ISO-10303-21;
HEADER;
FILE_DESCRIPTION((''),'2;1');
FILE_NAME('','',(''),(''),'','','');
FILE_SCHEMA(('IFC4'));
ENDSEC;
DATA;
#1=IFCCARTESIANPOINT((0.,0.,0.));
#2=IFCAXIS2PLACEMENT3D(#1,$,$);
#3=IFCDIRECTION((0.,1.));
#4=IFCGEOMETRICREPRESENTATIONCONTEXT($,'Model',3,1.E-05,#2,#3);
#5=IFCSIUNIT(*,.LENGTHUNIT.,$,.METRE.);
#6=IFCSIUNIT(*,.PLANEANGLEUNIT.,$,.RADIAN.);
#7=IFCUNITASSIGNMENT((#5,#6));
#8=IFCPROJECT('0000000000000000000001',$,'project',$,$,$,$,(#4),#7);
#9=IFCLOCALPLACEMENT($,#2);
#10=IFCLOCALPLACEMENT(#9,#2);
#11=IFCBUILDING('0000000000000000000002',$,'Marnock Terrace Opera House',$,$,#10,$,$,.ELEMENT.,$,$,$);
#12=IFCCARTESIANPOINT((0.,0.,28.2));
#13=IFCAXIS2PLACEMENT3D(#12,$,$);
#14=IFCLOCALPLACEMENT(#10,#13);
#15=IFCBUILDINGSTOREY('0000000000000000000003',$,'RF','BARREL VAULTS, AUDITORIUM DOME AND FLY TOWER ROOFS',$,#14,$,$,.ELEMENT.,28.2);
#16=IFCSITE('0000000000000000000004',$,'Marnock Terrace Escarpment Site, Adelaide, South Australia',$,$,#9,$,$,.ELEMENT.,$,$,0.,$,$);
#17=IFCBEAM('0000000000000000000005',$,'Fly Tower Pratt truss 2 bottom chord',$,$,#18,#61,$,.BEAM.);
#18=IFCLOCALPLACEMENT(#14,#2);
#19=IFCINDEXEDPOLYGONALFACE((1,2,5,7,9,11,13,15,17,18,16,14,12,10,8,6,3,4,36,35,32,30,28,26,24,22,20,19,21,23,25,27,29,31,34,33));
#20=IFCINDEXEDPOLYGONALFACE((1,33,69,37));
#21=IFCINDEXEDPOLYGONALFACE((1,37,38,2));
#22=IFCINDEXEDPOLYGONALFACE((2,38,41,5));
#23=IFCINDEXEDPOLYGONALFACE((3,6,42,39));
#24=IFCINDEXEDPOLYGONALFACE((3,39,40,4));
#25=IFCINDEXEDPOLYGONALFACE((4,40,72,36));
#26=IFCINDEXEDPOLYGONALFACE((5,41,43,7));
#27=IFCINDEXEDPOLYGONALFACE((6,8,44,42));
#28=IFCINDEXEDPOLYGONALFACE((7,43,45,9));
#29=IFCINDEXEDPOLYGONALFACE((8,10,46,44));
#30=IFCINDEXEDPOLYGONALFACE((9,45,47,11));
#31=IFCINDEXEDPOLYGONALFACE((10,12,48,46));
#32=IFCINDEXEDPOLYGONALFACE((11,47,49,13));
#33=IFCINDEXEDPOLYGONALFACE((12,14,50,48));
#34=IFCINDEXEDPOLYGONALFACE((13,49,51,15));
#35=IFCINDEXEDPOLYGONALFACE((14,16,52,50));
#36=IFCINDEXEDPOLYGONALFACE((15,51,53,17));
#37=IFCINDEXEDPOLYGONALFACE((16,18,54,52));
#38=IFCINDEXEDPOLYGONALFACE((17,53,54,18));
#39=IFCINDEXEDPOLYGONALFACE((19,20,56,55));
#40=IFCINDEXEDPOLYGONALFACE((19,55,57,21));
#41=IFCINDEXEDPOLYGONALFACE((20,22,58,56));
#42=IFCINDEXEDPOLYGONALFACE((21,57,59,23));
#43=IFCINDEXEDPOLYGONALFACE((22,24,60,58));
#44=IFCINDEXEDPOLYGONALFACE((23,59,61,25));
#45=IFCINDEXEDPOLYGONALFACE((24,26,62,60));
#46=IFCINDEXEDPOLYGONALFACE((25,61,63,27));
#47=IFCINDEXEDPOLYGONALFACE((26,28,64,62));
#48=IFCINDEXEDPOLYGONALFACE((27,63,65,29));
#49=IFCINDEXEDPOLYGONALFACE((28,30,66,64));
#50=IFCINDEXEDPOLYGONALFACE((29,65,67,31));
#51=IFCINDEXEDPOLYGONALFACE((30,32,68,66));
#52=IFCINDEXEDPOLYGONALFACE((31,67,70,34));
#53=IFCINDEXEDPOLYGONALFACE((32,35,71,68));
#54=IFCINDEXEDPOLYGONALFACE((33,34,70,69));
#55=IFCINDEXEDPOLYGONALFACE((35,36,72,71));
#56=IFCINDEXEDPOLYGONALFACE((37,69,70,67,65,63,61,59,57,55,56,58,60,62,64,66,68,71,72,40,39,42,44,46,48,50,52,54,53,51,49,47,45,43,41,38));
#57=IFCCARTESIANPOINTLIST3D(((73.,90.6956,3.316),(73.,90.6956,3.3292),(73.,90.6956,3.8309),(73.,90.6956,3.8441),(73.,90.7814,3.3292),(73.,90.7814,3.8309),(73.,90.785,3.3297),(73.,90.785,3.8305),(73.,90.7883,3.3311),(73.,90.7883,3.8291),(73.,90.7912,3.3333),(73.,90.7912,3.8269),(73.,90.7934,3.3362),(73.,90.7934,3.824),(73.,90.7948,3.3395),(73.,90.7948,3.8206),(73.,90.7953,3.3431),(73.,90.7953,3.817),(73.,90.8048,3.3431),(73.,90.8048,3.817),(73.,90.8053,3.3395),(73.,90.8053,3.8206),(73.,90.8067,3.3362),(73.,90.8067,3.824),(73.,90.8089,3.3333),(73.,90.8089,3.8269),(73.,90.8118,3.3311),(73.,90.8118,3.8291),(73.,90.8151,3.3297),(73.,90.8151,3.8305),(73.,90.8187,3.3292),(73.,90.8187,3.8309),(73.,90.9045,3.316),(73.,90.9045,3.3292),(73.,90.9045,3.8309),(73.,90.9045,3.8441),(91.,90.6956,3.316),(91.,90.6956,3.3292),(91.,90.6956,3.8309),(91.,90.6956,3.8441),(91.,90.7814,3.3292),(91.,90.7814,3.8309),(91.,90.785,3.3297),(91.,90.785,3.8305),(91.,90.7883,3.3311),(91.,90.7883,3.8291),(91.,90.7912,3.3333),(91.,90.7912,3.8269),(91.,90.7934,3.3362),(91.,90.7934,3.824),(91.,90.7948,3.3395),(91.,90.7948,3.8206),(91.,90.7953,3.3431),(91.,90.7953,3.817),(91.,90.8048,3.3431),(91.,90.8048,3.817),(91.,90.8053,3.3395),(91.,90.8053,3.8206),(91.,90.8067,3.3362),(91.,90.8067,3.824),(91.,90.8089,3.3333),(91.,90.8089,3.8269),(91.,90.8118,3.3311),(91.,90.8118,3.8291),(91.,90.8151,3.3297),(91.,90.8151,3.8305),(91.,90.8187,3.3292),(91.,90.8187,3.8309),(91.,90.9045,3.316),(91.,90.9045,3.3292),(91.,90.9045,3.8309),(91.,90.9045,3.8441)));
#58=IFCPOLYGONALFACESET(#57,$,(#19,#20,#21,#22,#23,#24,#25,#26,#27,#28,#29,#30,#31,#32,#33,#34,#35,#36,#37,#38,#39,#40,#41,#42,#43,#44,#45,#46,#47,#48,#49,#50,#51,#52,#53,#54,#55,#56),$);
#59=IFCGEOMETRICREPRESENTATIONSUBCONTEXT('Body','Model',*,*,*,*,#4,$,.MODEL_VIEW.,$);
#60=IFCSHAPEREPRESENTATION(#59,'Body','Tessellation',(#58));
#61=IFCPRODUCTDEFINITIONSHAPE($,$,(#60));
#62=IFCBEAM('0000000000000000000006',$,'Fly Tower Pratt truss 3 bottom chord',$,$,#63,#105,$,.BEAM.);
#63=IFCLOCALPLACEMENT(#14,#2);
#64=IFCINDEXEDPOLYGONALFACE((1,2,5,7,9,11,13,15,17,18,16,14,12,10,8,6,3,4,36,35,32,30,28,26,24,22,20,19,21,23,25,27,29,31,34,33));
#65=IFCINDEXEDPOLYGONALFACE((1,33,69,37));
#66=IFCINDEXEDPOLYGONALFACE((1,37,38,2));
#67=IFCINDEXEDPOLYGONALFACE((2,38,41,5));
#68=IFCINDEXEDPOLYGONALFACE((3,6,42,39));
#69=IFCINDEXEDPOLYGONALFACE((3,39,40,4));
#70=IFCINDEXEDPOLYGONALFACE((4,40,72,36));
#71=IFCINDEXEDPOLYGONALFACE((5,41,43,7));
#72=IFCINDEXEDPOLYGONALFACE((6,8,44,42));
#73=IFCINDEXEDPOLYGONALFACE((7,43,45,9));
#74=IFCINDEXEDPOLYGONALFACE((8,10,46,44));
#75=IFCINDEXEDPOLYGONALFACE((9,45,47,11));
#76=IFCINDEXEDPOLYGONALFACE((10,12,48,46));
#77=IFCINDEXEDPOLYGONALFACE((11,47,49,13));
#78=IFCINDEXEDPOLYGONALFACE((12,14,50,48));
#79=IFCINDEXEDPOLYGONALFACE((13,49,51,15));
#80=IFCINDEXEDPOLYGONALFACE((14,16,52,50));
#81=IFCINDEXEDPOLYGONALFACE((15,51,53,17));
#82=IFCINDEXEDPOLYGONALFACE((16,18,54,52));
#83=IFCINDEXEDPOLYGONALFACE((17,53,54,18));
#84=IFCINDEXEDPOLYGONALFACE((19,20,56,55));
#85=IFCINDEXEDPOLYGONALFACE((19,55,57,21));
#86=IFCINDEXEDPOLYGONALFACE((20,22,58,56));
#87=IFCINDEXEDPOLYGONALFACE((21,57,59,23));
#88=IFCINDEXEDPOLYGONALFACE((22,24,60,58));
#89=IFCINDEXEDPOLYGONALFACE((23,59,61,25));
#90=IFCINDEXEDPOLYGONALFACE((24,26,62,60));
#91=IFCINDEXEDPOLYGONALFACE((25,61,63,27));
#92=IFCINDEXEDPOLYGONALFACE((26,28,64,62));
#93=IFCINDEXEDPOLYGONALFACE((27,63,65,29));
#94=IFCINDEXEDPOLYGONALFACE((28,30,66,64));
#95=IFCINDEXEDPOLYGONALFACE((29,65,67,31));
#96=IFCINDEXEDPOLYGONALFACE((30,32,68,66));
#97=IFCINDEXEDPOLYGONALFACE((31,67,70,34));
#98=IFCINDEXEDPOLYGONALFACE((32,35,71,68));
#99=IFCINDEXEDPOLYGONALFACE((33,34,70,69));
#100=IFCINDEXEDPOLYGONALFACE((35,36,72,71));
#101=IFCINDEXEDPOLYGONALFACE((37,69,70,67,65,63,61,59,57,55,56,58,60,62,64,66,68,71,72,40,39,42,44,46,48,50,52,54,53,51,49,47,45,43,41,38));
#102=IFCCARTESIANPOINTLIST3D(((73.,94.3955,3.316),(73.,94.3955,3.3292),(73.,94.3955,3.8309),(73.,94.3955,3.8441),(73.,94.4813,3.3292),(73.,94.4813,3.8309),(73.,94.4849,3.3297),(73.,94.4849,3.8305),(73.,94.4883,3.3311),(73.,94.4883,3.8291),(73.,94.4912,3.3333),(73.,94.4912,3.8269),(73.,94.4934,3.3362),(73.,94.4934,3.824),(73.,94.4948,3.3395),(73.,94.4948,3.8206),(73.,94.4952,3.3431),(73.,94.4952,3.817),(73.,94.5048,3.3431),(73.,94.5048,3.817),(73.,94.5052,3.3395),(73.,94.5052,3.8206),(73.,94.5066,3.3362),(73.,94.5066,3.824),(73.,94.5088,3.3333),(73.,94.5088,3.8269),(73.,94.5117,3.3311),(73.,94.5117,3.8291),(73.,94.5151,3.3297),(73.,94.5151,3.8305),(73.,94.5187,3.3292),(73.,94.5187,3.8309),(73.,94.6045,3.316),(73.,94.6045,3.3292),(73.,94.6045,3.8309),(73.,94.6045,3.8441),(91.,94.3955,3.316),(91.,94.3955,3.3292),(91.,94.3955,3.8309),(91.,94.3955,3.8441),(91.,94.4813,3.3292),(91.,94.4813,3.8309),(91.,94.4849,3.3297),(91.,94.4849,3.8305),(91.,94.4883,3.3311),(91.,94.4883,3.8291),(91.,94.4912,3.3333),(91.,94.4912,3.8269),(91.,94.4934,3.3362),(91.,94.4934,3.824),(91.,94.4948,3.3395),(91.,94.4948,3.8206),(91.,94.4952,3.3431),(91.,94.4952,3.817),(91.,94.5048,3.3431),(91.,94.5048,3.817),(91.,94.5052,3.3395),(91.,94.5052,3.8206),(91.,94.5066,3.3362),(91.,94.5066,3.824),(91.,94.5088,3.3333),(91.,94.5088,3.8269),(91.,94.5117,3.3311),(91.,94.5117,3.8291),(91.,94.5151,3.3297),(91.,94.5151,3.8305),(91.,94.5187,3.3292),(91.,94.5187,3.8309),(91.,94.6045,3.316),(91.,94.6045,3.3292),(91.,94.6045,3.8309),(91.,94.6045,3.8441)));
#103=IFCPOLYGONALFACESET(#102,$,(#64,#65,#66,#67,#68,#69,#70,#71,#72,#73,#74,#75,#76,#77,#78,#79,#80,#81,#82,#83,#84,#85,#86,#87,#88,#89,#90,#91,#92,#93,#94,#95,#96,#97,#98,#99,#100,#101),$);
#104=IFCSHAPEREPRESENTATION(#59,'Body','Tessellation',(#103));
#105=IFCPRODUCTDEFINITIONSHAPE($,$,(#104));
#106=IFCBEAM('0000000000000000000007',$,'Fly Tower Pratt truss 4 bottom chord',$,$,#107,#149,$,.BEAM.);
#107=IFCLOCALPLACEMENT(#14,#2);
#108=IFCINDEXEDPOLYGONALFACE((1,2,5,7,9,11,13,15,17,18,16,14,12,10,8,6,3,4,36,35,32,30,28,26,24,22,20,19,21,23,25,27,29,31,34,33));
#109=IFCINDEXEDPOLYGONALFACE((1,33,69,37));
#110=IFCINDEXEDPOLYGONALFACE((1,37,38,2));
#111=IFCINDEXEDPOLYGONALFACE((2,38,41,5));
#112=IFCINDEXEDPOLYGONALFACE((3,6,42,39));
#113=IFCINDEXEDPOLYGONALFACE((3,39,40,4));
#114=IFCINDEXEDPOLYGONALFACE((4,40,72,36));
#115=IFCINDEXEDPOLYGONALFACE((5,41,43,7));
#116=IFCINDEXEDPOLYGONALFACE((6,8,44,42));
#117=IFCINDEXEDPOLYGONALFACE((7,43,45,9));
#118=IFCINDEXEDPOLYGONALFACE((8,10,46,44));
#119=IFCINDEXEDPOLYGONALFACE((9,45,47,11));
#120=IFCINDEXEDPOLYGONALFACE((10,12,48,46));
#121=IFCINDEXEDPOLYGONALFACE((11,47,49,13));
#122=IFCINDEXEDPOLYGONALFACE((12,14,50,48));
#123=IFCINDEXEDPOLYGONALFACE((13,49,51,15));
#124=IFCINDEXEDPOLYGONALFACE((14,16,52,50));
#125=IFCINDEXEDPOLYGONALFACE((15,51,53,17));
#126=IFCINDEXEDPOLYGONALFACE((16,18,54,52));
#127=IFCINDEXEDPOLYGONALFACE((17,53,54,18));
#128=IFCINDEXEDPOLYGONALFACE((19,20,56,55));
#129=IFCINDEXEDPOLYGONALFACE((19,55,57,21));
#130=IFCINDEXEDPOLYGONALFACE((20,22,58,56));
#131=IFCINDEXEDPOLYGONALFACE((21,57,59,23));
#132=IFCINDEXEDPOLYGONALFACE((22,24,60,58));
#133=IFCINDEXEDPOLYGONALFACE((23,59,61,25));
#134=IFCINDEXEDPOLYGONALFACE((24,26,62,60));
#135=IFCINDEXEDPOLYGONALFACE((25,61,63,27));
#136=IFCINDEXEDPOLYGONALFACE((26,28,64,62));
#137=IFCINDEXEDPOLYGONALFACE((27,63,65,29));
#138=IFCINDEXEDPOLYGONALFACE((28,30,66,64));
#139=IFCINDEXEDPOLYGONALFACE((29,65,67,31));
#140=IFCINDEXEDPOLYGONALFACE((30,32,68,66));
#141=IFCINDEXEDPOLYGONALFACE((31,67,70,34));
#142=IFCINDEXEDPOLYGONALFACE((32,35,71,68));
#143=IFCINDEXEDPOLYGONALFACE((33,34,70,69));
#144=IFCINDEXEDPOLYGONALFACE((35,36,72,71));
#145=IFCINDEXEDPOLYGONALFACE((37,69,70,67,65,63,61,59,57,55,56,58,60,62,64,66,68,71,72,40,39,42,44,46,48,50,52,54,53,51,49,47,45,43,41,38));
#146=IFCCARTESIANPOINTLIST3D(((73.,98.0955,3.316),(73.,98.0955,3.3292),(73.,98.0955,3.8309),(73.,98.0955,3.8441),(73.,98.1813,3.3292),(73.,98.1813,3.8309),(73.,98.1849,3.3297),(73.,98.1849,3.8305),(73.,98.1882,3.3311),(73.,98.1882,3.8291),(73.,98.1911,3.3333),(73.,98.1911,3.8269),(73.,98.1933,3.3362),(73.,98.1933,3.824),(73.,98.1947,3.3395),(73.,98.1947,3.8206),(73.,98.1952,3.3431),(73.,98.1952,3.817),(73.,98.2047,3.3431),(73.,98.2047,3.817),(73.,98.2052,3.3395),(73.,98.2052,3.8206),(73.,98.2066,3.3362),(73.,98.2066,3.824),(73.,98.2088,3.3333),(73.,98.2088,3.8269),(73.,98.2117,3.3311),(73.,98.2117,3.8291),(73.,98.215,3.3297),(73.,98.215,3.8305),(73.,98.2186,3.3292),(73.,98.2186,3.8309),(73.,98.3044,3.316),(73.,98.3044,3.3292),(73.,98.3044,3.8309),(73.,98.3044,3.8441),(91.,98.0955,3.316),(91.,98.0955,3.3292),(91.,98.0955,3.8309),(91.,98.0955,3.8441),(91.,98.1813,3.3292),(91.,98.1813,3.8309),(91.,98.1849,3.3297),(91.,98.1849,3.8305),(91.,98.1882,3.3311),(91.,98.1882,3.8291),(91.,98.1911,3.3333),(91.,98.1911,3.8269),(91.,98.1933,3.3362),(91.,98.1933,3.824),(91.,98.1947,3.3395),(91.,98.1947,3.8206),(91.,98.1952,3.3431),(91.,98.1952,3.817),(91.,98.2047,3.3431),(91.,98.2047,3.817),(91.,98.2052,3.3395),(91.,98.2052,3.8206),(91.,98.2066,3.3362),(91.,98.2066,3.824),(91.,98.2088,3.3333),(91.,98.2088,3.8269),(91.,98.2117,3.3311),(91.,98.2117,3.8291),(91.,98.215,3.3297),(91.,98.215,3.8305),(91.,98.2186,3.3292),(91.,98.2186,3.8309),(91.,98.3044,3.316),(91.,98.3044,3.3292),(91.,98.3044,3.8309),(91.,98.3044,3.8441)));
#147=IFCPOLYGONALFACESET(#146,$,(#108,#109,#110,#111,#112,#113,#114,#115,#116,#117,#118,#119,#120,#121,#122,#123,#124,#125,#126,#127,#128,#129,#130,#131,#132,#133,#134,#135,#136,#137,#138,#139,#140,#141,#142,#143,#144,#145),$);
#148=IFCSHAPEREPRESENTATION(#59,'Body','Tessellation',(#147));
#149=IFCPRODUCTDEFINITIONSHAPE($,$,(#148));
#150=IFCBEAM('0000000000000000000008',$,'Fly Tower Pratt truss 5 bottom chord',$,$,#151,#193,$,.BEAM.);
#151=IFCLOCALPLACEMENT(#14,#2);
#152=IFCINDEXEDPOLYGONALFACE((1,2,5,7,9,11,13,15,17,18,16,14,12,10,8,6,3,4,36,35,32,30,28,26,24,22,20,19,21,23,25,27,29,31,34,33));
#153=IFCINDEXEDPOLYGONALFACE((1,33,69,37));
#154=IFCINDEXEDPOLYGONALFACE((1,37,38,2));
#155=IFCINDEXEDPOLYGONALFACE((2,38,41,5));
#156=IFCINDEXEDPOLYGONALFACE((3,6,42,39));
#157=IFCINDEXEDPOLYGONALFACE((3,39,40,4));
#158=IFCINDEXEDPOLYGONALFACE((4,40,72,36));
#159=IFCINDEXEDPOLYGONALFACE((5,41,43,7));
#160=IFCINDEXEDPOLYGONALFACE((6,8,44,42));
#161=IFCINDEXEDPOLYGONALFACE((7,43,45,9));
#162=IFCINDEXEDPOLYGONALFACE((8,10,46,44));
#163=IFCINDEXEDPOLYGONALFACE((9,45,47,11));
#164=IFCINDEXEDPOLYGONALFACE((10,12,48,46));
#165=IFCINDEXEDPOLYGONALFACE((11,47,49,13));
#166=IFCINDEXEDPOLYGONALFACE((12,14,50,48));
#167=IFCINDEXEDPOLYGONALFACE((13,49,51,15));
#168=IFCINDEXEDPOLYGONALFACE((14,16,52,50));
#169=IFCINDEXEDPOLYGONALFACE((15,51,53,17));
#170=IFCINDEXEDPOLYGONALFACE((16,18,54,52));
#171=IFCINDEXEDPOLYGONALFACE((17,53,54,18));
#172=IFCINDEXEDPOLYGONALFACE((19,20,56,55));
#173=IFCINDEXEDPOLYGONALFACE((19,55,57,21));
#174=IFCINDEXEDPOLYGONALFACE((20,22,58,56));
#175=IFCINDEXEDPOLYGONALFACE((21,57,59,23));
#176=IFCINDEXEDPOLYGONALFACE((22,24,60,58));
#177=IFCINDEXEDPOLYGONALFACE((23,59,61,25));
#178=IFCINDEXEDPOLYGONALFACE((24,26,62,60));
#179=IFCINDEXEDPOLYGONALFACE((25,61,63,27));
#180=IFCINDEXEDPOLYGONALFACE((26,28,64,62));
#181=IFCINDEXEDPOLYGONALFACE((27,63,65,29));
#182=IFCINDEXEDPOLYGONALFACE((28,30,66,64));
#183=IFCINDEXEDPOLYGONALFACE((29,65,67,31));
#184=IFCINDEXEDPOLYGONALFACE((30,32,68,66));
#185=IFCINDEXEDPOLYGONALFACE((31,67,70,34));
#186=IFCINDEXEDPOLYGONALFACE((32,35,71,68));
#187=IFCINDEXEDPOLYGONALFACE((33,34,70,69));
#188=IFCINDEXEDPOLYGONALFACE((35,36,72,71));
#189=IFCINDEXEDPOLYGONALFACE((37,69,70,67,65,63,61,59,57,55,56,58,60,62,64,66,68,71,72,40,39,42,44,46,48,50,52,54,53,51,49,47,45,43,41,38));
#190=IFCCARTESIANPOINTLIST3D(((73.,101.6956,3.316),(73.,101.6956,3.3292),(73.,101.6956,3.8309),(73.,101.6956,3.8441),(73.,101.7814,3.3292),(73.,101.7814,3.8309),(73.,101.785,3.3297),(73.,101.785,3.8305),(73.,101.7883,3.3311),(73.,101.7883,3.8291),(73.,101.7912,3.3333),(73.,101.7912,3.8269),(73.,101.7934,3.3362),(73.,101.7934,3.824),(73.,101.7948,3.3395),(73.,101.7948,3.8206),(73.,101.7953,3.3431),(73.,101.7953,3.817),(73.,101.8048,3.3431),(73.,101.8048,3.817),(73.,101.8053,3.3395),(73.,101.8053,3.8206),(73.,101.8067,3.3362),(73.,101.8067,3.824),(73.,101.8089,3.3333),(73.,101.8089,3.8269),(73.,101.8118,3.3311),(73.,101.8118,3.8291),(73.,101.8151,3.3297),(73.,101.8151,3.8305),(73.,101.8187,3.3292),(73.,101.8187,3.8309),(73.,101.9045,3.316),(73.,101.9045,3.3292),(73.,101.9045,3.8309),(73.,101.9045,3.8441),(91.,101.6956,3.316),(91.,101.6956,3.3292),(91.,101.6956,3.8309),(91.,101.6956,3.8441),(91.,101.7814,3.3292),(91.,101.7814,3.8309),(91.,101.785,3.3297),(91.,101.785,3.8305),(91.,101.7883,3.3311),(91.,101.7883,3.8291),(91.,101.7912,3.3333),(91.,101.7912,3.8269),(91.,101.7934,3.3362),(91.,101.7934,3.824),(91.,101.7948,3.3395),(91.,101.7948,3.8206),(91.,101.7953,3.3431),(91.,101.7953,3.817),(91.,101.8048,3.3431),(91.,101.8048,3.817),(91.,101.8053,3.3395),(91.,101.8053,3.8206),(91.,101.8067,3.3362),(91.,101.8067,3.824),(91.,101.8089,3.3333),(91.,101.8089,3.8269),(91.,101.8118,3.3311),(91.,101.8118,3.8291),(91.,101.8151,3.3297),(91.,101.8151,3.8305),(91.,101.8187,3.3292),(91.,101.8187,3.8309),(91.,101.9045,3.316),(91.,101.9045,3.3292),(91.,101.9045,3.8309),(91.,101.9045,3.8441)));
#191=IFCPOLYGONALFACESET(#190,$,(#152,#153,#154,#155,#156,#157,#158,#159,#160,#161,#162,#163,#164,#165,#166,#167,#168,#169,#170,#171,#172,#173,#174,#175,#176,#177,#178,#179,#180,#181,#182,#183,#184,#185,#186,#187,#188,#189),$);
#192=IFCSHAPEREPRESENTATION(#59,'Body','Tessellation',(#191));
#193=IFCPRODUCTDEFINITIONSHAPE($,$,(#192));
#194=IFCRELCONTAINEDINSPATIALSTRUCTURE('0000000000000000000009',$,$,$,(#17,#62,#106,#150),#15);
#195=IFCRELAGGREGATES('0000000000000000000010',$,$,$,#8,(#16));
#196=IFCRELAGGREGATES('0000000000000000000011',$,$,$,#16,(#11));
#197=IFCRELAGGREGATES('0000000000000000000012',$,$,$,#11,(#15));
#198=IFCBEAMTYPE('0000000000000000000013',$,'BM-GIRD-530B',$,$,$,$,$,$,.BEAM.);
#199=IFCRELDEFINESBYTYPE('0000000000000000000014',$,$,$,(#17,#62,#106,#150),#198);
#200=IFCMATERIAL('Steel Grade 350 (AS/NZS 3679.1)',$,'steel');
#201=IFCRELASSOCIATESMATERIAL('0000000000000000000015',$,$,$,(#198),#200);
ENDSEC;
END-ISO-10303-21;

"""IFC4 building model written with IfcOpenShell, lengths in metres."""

from ifc_helpers import new_model, si_unit, direction, frame, origin, origin_2d, place, context, subcontext, project, spatial, i_section, extrude, material, material_profile, profile_set, type_object, element, save


model = new_model("IFC4")

# Units and contexts
model_context = context("Model", 3, precision=1e-05, world=origin(), true_north=direction((0.0, 1.0)))
body_context = subcontext(model_context, "Body", "Model", "MODEL_VIEW")
ifc_project = project(units=[si_unit("LENGTHUNIT", "METRE"), si_unit("PLANEANGLEUNIT", "RADIAN")], contexts=[model_context])

# Site, building, storey
site_placement = place(None, origin())
site = spatial("IfcSite", under=ifc_project, at=site_placement, Name="Marnock Terrace Escarpment Site, Adelaide, South Australia", CompositionType="ELEMENT", RefElevation=0.0)
building_placement = place(site_placement, origin())
building = spatial("IfcBuilding", under=site, at=building_placement, Name="Marnock Terrace Opera House", CompositionType="ELEMENT")
storey_placement = place(building_placement, frame((0.0, 0.0, 28.2)))
storey = spatial("IfcBuildingStorey", under=building, at=storey_placement, Name="RF", Description="BARREL VAULTS, AUDITORIUM DOME AND FLY TOWER ROOFS", CompositionType="ELEMENT", Elevation=28.2)

# Beams
ifc_material_1 = material(Name="Steel Grade 350 (AS/NZS 3679.1)", Category="steel")
ifc_material_profile_1 = material_profile(ifc_material_1, i_section(OverallWidth=0.209, OverallDepth=0.5281, WebThickness=0.0095, FlangeThickness=0.0132, FilletRadius=0.0139, at=origin_2d()))
ifc_profile_set_1 = profile_set([ifc_material_profile_1], Name="Steel Grade 350 (AS/NZS 3679.1)")
beam_type_1 = type_object("IfcBeamType", Name="BM-GIRD-530B", PredefinedType="BEAM", material=ifc_profile_set_1)
for number, where, z_axis, x_axis, name in (
    (1, (73.0, 90.8, 3.5801), (1.0, 0.0, 0.0), (0.0, 1.0, 0.0), "Fly Tower Pratt truss 2 bottom chord"),
    (2, (73.0, 94.5, 3.5801), (1.0, 0.0, 0.0), (0.0, 1.0, 0.0), "Fly Tower Pratt truss 3 bottom chord"),
    (3, (73.0, 98.2, 3.5801), (1.0, 0.0, 0.0), (0.0, 1.0, 0.0), "Fly Tower Pratt truss 4 bottom chord"),
    (4, (73.0, 101.8, 3.5801), (1.0, 0.0, 0.0), (0.0, 1.0, 0.0), "Fly Tower Pratt truss 5 bottom chord"),
):
    element("IfcBeam", number, at=place(storey_placement, frame(where, z_axis=z_axis, x_axis=x_axis)), inside=storey, type_object=beam_type_1, Name=name, PredefinedType="BEAM", context=body_context, shape_type="SweptSolid", body=[
        extrude(i_section(OverallWidth=0.209, OverallDepth=0.5281, WebThickness=0.0095, FlangeThickness=0.0132, FilletRadius=0.0139, at=origin_2d()), origin(), (0.0, 0.0, 1.0), 18.0),
    ])

save(model, "model.ifc")
